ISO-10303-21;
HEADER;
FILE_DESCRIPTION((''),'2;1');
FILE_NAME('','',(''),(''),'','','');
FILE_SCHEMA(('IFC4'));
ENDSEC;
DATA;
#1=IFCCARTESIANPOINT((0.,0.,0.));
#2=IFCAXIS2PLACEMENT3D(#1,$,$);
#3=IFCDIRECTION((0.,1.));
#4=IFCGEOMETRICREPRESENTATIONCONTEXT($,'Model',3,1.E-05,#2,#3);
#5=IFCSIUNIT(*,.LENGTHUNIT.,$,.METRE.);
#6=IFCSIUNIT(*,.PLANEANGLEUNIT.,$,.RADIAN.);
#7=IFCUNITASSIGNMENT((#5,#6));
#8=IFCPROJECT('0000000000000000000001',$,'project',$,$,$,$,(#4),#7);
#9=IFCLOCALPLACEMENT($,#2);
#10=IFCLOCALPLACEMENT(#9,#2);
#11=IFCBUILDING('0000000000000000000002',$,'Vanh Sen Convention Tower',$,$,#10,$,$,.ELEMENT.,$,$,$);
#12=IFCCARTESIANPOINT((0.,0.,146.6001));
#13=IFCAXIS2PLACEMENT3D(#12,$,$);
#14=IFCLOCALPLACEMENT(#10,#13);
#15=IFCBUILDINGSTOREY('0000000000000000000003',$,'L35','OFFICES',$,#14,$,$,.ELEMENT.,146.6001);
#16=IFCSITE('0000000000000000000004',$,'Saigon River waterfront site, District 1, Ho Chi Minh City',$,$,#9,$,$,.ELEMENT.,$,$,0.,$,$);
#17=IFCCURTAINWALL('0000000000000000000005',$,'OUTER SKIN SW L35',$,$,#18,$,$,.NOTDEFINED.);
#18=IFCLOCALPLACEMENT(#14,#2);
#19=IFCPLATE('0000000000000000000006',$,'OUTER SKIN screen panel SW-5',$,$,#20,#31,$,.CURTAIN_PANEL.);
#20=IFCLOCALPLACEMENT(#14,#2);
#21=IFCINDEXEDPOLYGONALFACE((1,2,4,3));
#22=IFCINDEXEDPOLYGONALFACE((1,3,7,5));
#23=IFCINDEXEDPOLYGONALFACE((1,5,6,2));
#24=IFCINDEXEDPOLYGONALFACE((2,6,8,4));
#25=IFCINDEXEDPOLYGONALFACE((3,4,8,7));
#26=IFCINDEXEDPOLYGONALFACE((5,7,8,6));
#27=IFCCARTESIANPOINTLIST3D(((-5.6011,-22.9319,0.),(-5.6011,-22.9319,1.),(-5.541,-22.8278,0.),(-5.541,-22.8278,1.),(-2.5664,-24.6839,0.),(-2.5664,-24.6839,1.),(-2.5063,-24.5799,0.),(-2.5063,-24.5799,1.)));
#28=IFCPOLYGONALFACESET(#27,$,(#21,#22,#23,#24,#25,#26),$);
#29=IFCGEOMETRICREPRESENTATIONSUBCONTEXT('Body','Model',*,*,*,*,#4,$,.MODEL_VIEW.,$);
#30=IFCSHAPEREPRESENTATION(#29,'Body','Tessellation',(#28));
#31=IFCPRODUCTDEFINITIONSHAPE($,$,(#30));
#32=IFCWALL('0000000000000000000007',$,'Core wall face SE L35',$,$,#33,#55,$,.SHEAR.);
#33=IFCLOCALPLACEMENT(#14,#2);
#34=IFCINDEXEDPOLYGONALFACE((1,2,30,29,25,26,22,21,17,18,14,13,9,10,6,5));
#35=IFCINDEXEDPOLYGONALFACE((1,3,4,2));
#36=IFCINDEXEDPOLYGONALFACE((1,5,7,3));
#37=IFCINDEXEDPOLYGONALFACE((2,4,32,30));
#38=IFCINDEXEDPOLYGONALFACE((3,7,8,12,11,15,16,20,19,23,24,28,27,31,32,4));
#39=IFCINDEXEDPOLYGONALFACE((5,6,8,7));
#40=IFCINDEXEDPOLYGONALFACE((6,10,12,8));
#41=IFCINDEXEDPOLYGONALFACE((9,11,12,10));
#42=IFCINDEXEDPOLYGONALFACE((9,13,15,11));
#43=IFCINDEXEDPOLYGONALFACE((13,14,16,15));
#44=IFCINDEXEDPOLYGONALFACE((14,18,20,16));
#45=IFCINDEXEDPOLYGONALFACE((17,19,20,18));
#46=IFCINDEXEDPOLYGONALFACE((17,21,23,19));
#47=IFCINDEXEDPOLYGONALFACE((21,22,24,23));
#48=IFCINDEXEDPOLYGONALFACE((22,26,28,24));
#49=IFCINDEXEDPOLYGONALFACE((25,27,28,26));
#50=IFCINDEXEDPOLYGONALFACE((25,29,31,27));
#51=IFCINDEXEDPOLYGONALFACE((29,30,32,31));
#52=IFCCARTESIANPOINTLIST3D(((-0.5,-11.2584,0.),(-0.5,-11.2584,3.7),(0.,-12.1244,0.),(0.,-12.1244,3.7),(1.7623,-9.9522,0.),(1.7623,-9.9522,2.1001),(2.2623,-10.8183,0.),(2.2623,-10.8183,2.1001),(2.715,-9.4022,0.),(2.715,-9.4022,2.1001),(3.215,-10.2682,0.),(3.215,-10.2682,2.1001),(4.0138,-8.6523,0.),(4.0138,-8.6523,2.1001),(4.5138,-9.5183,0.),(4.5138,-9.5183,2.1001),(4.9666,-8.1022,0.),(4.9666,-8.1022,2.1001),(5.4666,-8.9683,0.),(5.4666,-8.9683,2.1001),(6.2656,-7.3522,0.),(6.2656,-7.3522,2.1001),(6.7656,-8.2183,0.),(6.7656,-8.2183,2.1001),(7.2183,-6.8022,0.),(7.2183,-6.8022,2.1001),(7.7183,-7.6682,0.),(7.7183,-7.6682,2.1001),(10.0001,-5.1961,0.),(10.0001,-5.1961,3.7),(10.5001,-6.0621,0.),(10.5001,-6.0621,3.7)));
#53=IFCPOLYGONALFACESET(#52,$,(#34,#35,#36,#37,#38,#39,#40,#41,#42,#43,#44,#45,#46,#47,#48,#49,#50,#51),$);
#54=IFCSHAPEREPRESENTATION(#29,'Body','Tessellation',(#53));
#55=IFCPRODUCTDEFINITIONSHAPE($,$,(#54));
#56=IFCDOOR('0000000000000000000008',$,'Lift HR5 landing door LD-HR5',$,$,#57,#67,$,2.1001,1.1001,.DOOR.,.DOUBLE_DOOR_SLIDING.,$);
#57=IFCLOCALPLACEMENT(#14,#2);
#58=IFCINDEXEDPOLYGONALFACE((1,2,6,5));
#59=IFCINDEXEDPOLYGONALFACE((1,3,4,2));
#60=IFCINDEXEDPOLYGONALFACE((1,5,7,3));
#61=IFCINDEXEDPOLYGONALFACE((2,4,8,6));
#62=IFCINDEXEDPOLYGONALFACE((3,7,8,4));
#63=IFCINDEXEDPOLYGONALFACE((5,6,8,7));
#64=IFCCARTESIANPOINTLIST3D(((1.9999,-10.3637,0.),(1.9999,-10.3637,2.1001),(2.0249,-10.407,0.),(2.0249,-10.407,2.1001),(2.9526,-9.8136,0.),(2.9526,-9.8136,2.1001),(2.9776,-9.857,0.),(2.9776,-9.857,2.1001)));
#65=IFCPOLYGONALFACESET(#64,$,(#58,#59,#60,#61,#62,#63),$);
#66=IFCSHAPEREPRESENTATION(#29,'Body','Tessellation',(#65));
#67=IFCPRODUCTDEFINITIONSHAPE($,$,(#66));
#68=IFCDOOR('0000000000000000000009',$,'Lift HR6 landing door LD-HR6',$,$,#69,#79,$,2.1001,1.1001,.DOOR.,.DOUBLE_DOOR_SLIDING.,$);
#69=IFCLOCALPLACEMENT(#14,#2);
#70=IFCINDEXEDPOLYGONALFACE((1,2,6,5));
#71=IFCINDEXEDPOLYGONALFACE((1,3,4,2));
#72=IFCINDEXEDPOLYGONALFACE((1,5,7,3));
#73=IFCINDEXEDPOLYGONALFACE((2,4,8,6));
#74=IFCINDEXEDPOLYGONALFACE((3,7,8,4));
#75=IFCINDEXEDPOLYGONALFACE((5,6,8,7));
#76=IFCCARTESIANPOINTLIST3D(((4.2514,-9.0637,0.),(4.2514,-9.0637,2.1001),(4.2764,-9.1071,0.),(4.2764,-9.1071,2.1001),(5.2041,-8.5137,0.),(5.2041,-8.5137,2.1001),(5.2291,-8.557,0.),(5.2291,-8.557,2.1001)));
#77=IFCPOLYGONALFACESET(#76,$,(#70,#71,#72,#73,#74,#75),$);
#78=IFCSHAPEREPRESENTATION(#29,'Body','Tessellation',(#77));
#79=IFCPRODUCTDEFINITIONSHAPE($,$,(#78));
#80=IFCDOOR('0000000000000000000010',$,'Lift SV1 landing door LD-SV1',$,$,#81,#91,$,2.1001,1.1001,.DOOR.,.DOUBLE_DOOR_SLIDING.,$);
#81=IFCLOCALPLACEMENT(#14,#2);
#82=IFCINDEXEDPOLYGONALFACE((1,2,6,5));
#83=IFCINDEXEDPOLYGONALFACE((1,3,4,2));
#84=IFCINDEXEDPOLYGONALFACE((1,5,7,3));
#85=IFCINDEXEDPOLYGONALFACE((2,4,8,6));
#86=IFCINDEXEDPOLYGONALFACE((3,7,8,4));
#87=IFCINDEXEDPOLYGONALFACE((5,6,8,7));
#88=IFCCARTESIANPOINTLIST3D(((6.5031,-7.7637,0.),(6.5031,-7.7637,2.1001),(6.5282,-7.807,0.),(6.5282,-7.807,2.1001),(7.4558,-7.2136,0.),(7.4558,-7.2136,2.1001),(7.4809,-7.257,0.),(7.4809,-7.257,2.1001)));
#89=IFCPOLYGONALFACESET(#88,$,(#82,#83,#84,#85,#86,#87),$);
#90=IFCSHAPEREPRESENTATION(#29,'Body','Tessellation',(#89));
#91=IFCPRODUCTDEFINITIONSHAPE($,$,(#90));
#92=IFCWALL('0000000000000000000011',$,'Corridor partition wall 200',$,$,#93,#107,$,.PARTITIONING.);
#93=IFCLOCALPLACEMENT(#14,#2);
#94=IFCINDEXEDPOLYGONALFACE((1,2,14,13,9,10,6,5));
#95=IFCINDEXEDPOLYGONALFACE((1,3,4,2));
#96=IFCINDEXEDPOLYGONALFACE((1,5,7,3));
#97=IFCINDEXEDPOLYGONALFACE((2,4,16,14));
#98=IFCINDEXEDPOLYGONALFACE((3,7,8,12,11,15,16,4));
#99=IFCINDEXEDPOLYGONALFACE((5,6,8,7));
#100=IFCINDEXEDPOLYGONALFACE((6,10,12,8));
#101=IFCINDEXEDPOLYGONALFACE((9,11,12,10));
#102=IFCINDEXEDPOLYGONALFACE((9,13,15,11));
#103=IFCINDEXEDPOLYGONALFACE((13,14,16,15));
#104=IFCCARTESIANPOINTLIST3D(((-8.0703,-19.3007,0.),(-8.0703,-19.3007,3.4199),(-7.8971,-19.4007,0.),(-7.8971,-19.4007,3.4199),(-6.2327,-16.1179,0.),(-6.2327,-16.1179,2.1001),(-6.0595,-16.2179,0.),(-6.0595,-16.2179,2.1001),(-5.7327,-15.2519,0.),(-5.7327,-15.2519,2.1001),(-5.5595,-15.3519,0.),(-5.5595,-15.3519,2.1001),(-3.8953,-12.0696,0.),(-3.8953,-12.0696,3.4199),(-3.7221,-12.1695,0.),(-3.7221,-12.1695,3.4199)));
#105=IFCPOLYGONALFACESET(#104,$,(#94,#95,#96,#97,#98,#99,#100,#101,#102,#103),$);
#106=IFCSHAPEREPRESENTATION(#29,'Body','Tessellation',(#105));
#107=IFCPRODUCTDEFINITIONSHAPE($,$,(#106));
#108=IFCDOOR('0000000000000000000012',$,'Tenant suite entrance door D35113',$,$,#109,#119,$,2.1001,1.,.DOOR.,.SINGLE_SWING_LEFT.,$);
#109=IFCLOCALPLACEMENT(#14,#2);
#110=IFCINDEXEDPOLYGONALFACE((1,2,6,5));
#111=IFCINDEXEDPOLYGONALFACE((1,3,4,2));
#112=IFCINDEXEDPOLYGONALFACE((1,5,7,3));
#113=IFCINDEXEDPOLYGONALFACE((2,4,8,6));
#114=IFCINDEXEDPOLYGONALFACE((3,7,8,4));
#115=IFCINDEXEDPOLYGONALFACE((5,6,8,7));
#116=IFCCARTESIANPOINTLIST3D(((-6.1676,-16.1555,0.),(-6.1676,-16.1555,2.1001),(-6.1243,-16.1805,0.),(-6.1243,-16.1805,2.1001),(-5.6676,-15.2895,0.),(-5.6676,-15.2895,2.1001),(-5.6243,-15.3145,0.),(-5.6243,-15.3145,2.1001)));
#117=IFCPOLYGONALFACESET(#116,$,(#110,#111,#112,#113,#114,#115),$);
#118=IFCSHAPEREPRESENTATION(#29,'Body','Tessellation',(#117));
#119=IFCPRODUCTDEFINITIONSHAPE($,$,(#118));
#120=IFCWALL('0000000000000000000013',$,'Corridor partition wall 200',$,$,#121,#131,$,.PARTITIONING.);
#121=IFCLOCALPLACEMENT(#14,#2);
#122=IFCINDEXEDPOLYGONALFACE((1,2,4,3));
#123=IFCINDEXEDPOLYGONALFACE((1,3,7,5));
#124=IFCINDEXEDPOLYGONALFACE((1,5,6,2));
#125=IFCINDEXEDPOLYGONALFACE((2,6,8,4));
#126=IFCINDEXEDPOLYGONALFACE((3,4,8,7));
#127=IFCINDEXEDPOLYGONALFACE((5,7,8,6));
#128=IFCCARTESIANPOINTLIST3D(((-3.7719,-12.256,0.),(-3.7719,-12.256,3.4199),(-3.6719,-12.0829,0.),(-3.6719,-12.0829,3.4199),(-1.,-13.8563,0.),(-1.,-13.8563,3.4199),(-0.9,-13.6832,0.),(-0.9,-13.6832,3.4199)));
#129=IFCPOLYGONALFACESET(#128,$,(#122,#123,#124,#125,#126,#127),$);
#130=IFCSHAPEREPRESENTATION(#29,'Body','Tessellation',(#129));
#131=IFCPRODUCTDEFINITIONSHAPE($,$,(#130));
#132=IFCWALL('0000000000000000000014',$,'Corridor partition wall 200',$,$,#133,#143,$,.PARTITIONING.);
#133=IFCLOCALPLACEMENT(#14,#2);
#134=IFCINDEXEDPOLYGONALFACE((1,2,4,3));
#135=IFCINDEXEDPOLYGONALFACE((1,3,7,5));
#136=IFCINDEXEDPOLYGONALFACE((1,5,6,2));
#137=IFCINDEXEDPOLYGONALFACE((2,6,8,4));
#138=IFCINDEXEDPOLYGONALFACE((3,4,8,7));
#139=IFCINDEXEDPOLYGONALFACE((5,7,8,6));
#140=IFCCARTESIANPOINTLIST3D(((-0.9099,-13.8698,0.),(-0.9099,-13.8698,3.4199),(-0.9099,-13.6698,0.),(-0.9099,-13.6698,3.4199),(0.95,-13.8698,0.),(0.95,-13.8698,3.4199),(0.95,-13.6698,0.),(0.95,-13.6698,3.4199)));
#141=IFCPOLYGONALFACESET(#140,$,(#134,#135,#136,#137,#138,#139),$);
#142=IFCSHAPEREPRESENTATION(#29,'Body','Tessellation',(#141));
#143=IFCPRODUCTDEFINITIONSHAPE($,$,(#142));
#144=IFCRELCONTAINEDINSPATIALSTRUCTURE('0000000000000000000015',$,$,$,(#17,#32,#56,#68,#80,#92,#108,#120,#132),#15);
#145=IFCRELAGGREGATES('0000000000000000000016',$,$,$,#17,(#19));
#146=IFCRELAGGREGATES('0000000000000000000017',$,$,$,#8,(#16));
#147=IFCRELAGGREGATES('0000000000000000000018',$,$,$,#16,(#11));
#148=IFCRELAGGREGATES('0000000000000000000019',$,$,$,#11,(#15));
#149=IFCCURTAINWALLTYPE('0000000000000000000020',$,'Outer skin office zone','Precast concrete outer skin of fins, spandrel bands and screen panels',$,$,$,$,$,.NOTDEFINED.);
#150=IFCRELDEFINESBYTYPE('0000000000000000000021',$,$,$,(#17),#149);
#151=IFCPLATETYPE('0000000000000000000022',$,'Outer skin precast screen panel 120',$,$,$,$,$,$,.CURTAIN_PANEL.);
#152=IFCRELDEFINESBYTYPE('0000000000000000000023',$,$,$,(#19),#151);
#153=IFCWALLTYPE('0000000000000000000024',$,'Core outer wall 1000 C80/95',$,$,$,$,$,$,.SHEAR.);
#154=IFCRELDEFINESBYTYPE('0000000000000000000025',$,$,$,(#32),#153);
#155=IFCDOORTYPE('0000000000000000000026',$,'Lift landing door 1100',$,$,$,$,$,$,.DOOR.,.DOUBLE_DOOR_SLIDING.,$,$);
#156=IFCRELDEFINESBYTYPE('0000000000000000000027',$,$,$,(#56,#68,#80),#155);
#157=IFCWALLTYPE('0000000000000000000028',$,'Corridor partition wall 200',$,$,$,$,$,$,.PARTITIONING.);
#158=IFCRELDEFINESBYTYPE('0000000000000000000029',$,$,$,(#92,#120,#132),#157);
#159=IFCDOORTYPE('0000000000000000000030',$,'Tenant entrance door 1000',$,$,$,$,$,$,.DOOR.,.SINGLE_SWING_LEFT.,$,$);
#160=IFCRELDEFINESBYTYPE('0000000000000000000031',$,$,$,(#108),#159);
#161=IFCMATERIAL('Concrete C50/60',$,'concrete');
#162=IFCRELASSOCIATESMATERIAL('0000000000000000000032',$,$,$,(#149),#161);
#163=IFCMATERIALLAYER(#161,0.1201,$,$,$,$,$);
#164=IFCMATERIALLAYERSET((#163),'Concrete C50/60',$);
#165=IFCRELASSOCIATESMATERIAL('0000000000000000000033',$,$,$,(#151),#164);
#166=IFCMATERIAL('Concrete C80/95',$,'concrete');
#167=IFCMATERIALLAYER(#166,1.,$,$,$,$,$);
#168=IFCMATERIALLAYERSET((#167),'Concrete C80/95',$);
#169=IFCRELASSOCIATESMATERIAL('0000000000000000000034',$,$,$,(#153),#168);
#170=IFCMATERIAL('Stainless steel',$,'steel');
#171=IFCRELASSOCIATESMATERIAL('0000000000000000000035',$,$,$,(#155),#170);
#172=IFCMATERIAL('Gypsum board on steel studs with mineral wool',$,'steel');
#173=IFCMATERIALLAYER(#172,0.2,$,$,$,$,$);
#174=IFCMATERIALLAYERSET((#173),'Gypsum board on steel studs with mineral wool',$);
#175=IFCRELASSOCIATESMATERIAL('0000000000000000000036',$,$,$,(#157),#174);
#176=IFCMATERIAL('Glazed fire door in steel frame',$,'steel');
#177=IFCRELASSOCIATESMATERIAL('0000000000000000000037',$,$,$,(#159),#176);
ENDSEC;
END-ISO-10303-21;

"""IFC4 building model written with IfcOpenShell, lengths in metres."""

from ifc_helpers import new_model, si_unit, direction, frame, frame_2d, origin, origin_2d, place, context, subcontext, project, spatial, rectangle, extrude, material, layer, layer_set, type_object, element, fill, aggregate, save


model = new_model("IFC4")

# Units and contexts
model_context = context("Model", 3, precision=1e-05, world=origin(), true_north=direction((0.0, 1.0)))
body_context = subcontext(model_context, "Body", "Model", "MODEL_VIEW")
ifc_project = project(units=[si_unit("LENGTHUNIT", "METRE"), si_unit("PLANEANGLEUNIT", "RADIAN")], contexts=[model_context])

# Site, building, storey
site_placement = place(None, origin())
site = spatial("IfcSite", under=ifc_project, at=site_placement, Name="Saigon River waterfront site, District 1, Ho Chi Minh City", CompositionType="ELEMENT", RefElevation=0.0)
building_placement = place(site_placement, origin())
building = spatial("IfcBuilding", under=site, at=building_placement, Name="Vanh Sen Convention Tower", CompositionType="ELEMENT")
storey_placement = place(building_placement, frame((0.0, 0.0, 146.6001)))
storey = spatial("IfcBuildingStorey", under=building, at=storey_placement, Name="L35", Description="OFFICES", CompositionType="ELEMENT", Elevation=146.6001)

# Shared definitions
ifc_material_1 = material(Name="Concrete C80/95", Category="concrete")

# Curtain wall
ifc_material_2 = material(Name="Concrete C50/60", Category="concrete")
curtain_wall_type = type_object("IfcCurtainWallType", Name="Outer skin office zone", Description="Precast concrete outer skin of fins, spandrel bands and screen panels", PredefinedType="NOTDEFINED", material=ifc_material_2)
curtain_wall_1_placement = place(storey_placement, origin())
curtain_wall_1 = element("IfcCurtainWall", 1, at=curtain_wall_1_placement, inside=storey, type_object=curtain_wall_type, Name="OUTER SKIN SW L35", PredefinedType="NOTDEFINED")

# Plate
ifc_layer_1 = layer(ifc_material_2, 0.1201)
ifc_layer_set_1 = layer_set([ifc_layer_1], Name="Concrete C50/60")
plate_type = type_object("IfcPlateType", Name="Outer skin precast screen panel 120", PredefinedType="CURTAIN_PANEL", material=ifc_layer_set_1)
plate_1_placement = place(storey_placement, frame((-4.0537, -23.7559, 0.0), z_axis=(0.0, 0.0, 1.0), x_axis=(0.866035, -0.499983, 0.0)))
plate_1 = element("IfcPlate", 2, at=plate_1_placement, type_object=plate_type, Name="OUTER SKIN screen panel SW-5", PredefinedType="CURTAIN_PANEL", context=body_context, shape_type="SweptSolid", body=[
    extrude(rectangle(XDim=3.5042, YDim=0.1201, at=origin_2d()), origin(), (0.0, 0.0, 1.0), 1.0),
])
aggregate(curtain_wall_1, [plate_1])

# Wall, openings, doors
ifc_layer_2 = layer(ifc_material_1, 1.0)
ifc_layer_set_2 = layer_set([ifc_layer_2], Name="Concrete C80/95")
wall_type_1 = type_object("IfcWallType", Name="Core outer wall 1000 C80/95", PredefinedType="SHEAR", material=ifc_layer_set_2)
wall_1_placement = place(storey_placement, frame((-0.25, -11.6914, 0.0), z_axis=(0.0, 0.0, 1.0), x_axis=(0.866023, 0.500005, 0.0)))
wall_1 = element("IfcWall", 3, at=wall_1_placement, inside=storey, type_object=wall_type_1, Name="Core wall face SE L35", PredefinedType="SHEAR", context=body_context, shape_type="SweptSolid", body=[
    extrude(rectangle(XDim=12.1245, YDim=1.0, at=frame_2d((6.0623, 0.0))), origin(), (0.0, 0.0, 1.0), 3.7),
])
opening_1_placement = place(wall_1_placement, frame((2.6123, 0.0, 0.0)))
opening_1 = element("IfcOpeningElement", 4, at=opening_1_placement, cuts=wall_1, PredefinedType="OPENING", context=body_context, shape_type="SweptSolid", body=[
    extrude(rectangle(XDim=1.1001, YDim=2.1001, at=frame_2d((0.55, 1.05))), frame((0.0, 0.51, 0.0), z_axis=(0.0, -1.0, 0.0), x_axis=(1.0, 0.0, 0.0)), (0.0, 0.0, 1.0), 1.02),
])
opening_2_placement = place(wall_1_placement, frame((5.2122, 0.0, 0.0)))
opening_2 = element("IfcOpeningElement", 5, at=opening_2_placement, cuts=wall_1, PredefinedType="OPENING", context=body_context, shape_type="SweptSolid", body=[
    extrude(rectangle(XDim=1.1001, YDim=2.1001, at=frame_2d((0.55, 1.05))), frame((0.0, 0.51, 0.0), z_axis=(0.0, -1.0, 0.0), x_axis=(1.0, 0.0, 0.0)), (0.0, 0.0, 1.0), 1.02),
])
opening_3_placement = place(wall_1_placement, frame((7.8123, 0.0, 0.0)))
opening_3 = element("IfcOpeningElement", 6, at=opening_3_placement, cuts=wall_1, PredefinedType="OPENING", context=body_context, shape_type="SweptSolid", body=[
    extrude(rectangle(XDim=1.1001, YDim=2.1001, at=frame_2d((0.55, 1.05))), frame((0.0, 0.51, 0.0), z_axis=(0.0, -1.0, 0.0), x_axis=(1.0, 0.0, 0.0)), (0.0, 0.0, 1.0), 1.02),
])
ifc_material_3 = material(Name="Stainless steel", Category="steel")
door_type_1 = type_object("IfcDoorType", Name="Lift landing door 1100", OperationType="DOUBLE_DOOR_SLIDING", PredefinedType="DOOR", material=ifc_material_3)
door_1_placement = place(opening_1_placement, origin())
door_1 = element("IfcDoor", 7, at=door_1_placement, inside=storey, type_object=door_type_1, Name="Lift HR5 landing door LD-HR5", OperationType="DOUBLE_DOOR_SLIDING", OverallHeight=2.1001, OverallWidth=1.1001, PredefinedType="DOOR", context=body_context, shape_type="SweptSolid", body=[
    extrude(rectangle(XDim=1.1001, YDim=2.1001, at=frame_2d((0.55, 1.05))), frame((0.0, 0.0249, 0.0), z_axis=(0.0, -1.0, 0.0), x_axis=(1.0, 0.0, 0.0)), (0.0, 0.0, 1.0), 0.05),
])
fill(opening_1, door_1)
door_2_placement = place(opening_2_placement, origin())
door_2 = element("IfcDoor", 8, at=door_2_placement, inside=storey, type_object=door_type_1, Name="Lift HR6 landing door LD-HR6", OperationType="DOUBLE_DOOR_SLIDING", OverallHeight=2.1001, OverallWidth=1.1001, PredefinedType="DOOR", context=body_context, shape_type="SweptSolid", body=[
    extrude(rectangle(XDim=1.1001, YDim=2.1001, at=frame_2d((0.55, 1.05))), frame((0.0, 0.0249, 0.0), z_axis=(0.0, -1.0, 0.0), x_axis=(1.0, 0.0, 0.0)), (0.0, 0.0, 1.0), 0.05),
])
fill(opening_2, door_2)
door_3_placement = place(opening_3_placement, origin())
door_3 = element("IfcDoor", 9, at=door_3_placement, inside=storey, type_object=door_type_1, Name="Lift SV1 landing door LD-SV1", OperationType="DOUBLE_DOOR_SLIDING", OverallHeight=2.1001, OverallWidth=1.1001, PredefinedType="DOOR", context=body_context, shape_type="SweptSolid", body=[
    extrude(rectangle(XDim=1.1001, YDim=2.1001, at=frame_2d((0.55, 1.05))), frame((0.0, 0.0249, 0.0), z_axis=(0.0, -1.0, 0.0), x_axis=(1.0, 0.0, 0.0)), (0.0, 0.0, 1.0), 0.05),
])
fill(opening_3, door_3)

# Wall, opening, door
ifc_material_4 = material(Name="Gypsum board on steel studs with mineral wool", Category="steel")
ifc_layer_3 = layer(ifc_material_4, 0.2)
ifc_layer_set_3 = layer_set([ifc_layer_3], Name="Gypsum board on steel studs with mineral wool")
wall_type_2 = type_object("IfcWallType", Name="Corridor partition wall 200", PredefinedType="PARTITIONING", material=ifc_layer_set_3)
wall_2_placement = place(storey_placement, frame((-7.9836, -19.3506, 0.0), z_axis=(0.0, 0.0, 1.0), x_axis=(0.50001, 0.86602, 0.0)))
wall_2 = element("IfcWall", 10, at=wall_2_placement, inside=storey, type_object=wall_type_2, Name="Corridor partition wall 200", PredefinedType="PARTITIONING", context=body_context, shape_type="SweptSolid", body=[
    extrude(rectangle(XDim=8.3499, YDim=0.2, at=frame_2d((4.1748, 0.0))), origin(), (0.0, 0.0, 1.0), 3.4199),
])
opening_4_placement = place(wall_2_placement, frame((3.675, 0.0, 0.0)))
opening_4 = element("IfcOpeningElement", 11, at=opening_4_placement, cuts=wall_2, PredefinedType="OPENING", context=body_context, shape_type="SweptSolid", body=[
    extrude(rectangle(XDim=1.0, YDim=2.1001, at=frame_2d((0.5, 1.05))), frame((0.0, 0.1099, 0.0), z_axis=(0.0, -1.0, 0.0), x_axis=(1.0, 0.0, 0.0)), (0.0, 0.0, 1.0), 0.22),
])
ifc_material_5 = material(Name="Glazed fire door in steel frame", Category="steel")
door_type_2 = type_object("IfcDoorType", Name="Tenant entrance door 1000", OperationType="SINGLE_SWING_LEFT", PredefinedType="DOOR", material=ifc_material_5)
door_4_placement = place(opening_4_placement, origin())
door_4 = element("IfcDoor", 12, at=door_4_placement, inside=storey, type_object=door_type_2, Name="Tenant suite entrance door D35113", OperationType="SINGLE_SWING_LEFT", OverallHeight=2.1001, OverallWidth=1.0, PredefinedType="DOOR", context=body_context, shape_type="SweptSolid", body=[
    extrude(rectangle(XDim=1.0, YDim=2.1001, at=frame_2d((0.5, 1.05))), frame((0.0, 0.0249, 0.0), z_axis=(0.0, -1.0, 0.0), x_axis=(1.0, 0.0, 0.0)), (0.0, 0.0, 1.0), 0.05),
])
fill(opening_4, door_4)

# Walls
wall_3_placement = place(storey_placement, frame((-3.7219, -12.1694, 0.0), z_axis=(0.0, 0.0, 1.0), x_axis=(0.866033, -0.499987, 0.0)))
element("IfcWall", 13, at=wall_3_placement, inside=storey, type_object=wall_type_2, Name="Corridor partition wall 200", PredefinedType="PARTITIONING", context=body_context, shape_type="SweptSolid", body=[
    extrude(rectangle(XDim=3.2007, YDim=0.2, at=frame_2d((1.6003, 0.0))), origin(), (0.0, 0.0, 1.0), 3.4199),
])
wall_4_placement = place(storey_placement, frame((-0.9099, -13.7698, 0.0), z_axis=(0.0, 0.0, 1.0), x_axis=(1.0, 0.0, 0.0)))
element("IfcWall", 14, at=wall_4_placement, inside=storey, type_object=wall_type_2, Name="Corridor partition wall 200", PredefinedType="PARTITIONING", context=body_context, shape_type="SweptSolid", body=[
    extrude(rectangle(XDim=1.8599, YDim=0.2, at=frame_2d((0.9299, 0.0))), origin(), (0.0, 0.0, 1.0), 3.4199),
])

save(model, "model.ifc")
